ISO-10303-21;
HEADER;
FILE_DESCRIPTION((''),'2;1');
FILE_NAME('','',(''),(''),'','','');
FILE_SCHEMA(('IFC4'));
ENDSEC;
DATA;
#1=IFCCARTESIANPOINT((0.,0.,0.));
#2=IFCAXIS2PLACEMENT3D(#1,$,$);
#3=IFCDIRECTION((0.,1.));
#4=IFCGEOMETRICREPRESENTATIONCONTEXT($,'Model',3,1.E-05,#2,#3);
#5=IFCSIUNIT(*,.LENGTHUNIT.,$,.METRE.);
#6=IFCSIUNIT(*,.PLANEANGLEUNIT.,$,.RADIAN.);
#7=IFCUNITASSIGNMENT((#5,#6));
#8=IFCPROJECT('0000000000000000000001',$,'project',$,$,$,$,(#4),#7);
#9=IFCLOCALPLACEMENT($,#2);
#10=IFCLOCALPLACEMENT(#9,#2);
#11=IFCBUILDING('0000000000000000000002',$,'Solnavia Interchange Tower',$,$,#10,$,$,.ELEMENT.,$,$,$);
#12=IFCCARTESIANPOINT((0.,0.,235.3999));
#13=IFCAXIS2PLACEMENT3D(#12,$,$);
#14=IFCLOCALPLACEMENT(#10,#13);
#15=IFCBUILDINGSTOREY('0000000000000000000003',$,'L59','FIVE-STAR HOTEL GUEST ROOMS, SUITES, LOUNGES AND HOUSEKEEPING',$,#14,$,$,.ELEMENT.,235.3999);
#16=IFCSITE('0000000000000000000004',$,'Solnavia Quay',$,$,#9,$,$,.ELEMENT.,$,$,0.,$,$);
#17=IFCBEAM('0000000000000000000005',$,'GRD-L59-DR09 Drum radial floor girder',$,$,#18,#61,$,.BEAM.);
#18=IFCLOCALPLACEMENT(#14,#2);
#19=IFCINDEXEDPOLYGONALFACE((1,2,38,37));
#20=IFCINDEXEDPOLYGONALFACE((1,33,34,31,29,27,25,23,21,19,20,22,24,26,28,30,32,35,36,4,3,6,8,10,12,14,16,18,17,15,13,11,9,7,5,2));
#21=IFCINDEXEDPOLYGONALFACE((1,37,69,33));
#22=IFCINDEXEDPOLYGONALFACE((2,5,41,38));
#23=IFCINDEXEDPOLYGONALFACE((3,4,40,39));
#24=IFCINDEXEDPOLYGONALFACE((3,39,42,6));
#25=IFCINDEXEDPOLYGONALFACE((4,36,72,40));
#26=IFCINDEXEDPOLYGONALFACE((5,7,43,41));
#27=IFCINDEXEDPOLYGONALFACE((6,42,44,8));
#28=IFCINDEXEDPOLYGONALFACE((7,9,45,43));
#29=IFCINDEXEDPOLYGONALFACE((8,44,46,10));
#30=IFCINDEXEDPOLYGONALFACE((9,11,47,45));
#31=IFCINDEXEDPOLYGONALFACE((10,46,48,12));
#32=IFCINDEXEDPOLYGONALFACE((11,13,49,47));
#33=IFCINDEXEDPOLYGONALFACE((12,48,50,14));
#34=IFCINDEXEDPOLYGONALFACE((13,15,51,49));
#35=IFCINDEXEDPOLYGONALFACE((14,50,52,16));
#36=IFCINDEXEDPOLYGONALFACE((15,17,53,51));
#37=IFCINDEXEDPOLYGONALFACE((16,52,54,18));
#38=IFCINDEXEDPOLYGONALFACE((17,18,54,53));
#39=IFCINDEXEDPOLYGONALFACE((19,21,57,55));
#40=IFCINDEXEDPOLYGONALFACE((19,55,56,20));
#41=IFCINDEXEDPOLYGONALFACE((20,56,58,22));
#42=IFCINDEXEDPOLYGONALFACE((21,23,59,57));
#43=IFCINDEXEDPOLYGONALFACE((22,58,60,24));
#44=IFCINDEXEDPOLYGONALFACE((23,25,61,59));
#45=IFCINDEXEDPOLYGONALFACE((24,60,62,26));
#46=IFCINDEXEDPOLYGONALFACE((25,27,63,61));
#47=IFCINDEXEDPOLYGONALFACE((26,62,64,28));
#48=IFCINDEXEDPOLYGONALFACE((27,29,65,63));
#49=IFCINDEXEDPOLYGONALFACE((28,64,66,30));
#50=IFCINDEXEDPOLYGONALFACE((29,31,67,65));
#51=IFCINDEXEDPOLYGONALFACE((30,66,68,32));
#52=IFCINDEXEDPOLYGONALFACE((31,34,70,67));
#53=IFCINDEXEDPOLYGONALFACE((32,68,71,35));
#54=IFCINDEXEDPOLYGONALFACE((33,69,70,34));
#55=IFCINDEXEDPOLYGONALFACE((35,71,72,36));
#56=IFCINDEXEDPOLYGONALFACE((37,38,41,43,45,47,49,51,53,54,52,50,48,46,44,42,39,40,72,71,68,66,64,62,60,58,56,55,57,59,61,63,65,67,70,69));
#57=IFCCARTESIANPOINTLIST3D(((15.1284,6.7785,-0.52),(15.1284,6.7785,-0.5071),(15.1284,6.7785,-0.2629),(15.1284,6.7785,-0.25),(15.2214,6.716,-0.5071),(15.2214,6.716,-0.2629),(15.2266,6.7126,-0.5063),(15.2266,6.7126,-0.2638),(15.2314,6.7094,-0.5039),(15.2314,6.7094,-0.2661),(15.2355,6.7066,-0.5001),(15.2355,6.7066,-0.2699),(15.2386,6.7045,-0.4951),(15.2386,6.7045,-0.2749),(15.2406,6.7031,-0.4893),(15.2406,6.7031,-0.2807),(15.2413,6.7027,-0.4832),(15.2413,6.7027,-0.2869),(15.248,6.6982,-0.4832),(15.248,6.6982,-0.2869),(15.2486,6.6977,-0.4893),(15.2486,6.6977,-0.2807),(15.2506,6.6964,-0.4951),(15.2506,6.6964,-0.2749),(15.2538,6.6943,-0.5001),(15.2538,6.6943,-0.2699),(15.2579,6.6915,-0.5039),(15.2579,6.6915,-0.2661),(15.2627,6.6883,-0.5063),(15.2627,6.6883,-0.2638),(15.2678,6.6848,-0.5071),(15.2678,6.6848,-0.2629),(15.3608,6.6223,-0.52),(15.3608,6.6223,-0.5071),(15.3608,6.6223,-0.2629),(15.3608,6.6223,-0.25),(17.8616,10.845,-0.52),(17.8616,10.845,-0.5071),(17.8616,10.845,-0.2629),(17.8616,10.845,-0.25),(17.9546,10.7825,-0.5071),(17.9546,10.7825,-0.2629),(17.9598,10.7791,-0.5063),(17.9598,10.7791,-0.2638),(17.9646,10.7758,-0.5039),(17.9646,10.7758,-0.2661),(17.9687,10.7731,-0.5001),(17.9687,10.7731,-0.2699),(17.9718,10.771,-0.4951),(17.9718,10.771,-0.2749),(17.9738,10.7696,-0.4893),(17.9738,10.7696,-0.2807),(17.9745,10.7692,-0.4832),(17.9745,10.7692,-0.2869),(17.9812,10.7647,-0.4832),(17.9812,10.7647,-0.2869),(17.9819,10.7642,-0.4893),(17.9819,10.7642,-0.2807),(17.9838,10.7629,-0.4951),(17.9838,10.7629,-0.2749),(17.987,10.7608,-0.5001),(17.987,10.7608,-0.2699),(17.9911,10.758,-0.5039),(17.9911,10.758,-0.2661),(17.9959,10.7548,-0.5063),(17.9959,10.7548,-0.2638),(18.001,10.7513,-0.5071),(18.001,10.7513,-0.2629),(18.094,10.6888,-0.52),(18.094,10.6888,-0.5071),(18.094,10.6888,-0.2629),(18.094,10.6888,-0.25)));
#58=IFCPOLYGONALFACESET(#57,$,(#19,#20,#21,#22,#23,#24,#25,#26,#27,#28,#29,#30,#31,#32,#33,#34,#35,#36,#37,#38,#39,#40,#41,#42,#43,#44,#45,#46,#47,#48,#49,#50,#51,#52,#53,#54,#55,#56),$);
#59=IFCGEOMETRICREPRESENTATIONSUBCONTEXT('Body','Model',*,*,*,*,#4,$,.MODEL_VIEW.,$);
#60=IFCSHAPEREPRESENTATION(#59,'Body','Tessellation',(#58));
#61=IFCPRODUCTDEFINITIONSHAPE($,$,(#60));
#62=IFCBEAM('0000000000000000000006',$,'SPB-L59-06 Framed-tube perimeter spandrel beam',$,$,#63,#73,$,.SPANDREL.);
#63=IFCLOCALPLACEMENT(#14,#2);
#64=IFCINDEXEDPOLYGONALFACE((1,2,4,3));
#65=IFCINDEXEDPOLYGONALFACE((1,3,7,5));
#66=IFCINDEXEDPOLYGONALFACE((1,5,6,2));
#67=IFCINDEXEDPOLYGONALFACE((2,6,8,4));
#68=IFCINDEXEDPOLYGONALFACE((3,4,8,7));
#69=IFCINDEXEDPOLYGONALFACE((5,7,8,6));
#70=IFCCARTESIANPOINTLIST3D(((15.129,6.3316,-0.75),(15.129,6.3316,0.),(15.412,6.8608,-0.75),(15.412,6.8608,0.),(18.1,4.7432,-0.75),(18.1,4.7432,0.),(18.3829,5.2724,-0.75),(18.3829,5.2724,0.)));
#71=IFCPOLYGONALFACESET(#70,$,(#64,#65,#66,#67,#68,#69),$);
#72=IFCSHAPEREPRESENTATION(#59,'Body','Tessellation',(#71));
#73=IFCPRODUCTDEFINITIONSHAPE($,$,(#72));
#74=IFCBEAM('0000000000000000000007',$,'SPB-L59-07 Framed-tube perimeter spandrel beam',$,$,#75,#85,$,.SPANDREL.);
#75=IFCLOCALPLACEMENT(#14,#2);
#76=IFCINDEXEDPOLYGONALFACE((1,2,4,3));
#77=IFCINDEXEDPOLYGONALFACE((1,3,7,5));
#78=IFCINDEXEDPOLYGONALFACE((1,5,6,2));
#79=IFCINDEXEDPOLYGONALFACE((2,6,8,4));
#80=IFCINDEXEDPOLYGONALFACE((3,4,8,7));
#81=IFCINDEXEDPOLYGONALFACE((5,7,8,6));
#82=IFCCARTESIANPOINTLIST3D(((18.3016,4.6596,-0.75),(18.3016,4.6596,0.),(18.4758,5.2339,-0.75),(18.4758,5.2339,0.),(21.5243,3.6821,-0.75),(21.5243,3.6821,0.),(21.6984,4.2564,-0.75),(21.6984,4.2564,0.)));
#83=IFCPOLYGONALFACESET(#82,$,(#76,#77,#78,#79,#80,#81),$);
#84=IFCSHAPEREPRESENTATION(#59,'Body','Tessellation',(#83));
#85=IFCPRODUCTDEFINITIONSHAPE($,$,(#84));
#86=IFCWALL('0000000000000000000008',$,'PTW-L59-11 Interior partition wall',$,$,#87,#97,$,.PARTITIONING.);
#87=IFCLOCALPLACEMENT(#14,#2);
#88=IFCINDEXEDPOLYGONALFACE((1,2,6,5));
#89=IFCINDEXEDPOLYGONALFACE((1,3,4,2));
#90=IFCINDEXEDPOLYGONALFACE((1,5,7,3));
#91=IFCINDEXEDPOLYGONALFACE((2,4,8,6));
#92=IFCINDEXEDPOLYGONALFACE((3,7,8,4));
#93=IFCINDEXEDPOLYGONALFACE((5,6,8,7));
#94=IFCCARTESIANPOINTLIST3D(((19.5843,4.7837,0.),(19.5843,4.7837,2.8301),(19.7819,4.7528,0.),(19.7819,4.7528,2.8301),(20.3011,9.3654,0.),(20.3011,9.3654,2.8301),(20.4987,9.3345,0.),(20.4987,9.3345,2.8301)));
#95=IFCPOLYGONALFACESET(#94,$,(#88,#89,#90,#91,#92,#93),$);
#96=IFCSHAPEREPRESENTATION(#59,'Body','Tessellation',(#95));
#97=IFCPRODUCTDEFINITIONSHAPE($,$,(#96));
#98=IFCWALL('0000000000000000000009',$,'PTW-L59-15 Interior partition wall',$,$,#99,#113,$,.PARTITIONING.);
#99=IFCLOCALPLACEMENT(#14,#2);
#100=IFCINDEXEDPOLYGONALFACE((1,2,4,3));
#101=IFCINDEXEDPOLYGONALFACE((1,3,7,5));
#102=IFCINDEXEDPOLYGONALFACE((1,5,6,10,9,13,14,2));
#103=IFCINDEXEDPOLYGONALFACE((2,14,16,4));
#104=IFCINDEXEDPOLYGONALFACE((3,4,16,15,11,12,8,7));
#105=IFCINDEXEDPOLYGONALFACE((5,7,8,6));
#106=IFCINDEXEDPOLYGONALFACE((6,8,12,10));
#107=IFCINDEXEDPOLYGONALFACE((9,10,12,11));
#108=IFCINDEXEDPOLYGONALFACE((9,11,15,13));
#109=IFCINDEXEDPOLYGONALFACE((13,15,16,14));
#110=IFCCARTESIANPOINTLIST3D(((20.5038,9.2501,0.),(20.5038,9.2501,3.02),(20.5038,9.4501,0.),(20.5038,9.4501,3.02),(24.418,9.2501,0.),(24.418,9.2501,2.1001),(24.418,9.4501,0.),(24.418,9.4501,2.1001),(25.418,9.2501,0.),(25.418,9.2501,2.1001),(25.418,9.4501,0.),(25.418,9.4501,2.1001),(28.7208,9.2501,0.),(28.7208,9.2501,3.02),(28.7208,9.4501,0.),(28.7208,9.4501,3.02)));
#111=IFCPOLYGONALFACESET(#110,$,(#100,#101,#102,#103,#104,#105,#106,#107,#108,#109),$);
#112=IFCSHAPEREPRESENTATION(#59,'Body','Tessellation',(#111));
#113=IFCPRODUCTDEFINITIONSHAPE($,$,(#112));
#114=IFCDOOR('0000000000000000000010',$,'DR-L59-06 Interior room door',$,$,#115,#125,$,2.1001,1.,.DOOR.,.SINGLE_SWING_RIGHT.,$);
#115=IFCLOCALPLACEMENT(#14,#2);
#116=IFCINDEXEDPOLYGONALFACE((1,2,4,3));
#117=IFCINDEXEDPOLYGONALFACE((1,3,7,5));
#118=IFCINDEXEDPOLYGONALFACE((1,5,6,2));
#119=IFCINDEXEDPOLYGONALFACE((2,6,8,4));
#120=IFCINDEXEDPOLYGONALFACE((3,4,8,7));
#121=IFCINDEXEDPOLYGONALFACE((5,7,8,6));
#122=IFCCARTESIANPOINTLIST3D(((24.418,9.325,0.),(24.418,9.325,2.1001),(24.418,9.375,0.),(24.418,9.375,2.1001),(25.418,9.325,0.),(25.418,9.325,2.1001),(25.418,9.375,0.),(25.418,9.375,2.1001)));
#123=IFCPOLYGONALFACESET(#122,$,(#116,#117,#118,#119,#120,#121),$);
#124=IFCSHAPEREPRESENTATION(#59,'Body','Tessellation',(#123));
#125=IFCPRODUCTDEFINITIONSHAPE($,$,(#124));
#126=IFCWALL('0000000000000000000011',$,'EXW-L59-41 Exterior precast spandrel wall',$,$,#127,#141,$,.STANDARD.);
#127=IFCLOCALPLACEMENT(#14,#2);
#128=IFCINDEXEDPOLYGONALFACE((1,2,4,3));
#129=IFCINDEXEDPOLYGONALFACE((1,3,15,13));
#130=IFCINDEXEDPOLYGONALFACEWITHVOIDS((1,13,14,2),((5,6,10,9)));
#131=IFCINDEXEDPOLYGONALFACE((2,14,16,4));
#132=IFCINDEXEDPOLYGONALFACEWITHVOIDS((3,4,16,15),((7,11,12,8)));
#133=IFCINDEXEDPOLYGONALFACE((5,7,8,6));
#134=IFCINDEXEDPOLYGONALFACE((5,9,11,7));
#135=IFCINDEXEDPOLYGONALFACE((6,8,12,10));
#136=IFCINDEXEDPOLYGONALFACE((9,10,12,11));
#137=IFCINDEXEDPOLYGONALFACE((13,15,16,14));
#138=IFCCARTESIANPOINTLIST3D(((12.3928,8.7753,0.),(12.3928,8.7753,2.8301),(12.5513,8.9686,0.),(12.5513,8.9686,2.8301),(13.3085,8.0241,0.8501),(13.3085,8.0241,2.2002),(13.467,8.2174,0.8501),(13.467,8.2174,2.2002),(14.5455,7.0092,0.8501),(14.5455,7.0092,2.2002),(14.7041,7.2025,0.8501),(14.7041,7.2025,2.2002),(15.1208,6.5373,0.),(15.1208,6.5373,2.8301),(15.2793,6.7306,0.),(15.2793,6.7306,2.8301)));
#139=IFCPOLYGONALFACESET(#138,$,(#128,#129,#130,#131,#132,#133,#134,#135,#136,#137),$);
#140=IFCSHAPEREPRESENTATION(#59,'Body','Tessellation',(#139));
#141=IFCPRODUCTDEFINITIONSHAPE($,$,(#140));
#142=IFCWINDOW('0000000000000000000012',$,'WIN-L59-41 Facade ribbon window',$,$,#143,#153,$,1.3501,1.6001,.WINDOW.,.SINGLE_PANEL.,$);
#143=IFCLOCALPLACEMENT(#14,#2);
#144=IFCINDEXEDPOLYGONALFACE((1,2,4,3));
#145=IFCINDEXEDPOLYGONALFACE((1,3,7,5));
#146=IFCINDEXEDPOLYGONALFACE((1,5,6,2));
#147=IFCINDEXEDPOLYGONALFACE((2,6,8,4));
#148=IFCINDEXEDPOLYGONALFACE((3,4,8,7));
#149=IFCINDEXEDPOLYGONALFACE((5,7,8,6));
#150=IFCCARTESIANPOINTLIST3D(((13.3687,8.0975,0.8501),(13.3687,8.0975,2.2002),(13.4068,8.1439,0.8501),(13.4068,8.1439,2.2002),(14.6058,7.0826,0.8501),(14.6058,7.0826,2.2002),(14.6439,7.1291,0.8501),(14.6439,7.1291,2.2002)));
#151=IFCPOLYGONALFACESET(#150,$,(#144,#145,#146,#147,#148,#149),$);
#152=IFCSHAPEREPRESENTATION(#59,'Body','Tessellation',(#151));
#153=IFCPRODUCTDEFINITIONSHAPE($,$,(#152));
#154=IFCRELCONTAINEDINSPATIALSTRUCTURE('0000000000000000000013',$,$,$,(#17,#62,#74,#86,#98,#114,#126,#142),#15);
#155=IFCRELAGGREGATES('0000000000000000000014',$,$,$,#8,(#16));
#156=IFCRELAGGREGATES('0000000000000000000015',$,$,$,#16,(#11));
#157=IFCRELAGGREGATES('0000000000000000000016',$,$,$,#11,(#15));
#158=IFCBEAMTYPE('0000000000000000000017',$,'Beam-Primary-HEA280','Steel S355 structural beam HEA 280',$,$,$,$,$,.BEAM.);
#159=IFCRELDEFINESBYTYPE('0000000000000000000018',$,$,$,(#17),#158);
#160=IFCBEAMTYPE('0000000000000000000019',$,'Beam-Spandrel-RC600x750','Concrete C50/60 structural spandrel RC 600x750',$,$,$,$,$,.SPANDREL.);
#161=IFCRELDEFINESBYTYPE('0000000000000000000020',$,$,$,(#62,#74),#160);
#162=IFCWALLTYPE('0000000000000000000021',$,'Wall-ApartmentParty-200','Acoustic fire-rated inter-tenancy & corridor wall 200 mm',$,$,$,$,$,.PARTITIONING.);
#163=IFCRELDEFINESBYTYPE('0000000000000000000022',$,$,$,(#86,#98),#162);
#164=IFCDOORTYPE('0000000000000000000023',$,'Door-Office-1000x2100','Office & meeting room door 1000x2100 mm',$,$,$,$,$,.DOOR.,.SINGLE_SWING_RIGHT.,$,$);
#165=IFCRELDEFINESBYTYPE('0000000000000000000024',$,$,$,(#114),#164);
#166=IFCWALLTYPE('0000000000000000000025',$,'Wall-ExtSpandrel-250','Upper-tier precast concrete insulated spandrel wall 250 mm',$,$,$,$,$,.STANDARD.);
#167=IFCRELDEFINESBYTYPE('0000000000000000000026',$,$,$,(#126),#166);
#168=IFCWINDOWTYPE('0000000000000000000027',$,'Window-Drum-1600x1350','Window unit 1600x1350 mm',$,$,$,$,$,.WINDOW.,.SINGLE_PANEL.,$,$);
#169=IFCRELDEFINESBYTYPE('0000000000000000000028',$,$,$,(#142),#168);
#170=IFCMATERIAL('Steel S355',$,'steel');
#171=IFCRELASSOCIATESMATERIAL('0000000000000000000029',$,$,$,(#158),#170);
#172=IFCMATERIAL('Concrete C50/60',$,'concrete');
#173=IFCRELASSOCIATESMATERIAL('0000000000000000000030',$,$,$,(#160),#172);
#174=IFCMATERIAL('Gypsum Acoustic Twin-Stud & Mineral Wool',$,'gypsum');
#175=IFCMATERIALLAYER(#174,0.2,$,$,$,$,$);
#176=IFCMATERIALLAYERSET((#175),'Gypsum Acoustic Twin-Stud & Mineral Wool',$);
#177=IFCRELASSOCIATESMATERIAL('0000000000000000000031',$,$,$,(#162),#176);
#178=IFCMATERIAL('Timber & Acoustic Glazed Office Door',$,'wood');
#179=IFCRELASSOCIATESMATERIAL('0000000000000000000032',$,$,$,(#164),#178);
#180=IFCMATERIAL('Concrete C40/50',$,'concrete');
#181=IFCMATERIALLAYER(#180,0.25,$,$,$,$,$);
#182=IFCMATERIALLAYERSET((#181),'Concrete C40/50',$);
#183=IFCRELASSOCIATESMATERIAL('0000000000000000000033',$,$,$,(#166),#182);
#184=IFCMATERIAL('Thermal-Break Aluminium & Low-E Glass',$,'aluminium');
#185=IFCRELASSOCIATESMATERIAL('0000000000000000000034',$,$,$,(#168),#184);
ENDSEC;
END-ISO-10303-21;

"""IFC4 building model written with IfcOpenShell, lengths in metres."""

from ifc_helpers import new_model, si_unit, direction, frame, frame_2d, origin, origin_2d, place, context, subcontext, project, spatial, rectangle, i_section, extrude, material, layer, layer_set, material_profile, profile_set, type_object, element, fill, save


model = new_model("IFC4")

# Units and contexts
model_context = context("Model", 3, precision=1e-05, world=origin(), true_north=direction((0.0, 1.0)))
body_context = subcontext(model_context, "Body", "Model", "MODEL_VIEW")
ifc_project = project(units=[si_unit("LENGTHUNIT", "METRE"), si_unit("PLANEANGLEUNIT", "RADIAN")], contexts=[model_context])

# Site, building, storey
site_placement = place(None, origin())
site = spatial("IfcSite", under=ifc_project, at=site_placement, Name="Solnavia Quay", CompositionType="ELEMENT", RefElevation=0.0)
building_placement = place(site_placement, origin())
building = spatial("IfcBuilding", under=site, at=building_placement, Name="Solnavia Interchange Tower", CompositionType="ELEMENT")
storey_placement = place(building_placement, frame((0.0, 0.0, 235.3999)))
storey = spatial("IfcBuildingStorey", under=building, at=storey_placement, Name="L59", Description="FIVE-STAR HOTEL GUEST ROOMS, SUITES, LOUNGES AND HOUSEKEEPING", CompositionType="ELEMENT", Elevation=235.3999)

# Shared definitions
ifc_material_1 = material(Name="Concrete C50/60", Category="concrete")

# Beams
ifc_material_2 = material(Name="Steel S355", Category="steel")
ifc_material_profile_1 = material_profile(ifc_material_2, i_section(OverallWidth=0.28, OverallDepth=0.27, WebThickness=0.0081, FlangeThickness=0.0129, FilletRadius=0.0239, at=origin_2d()), Name="HEA 280")
ifc_profile_set_1 = profile_set([ifc_material_profile_1], Name="Steel S355")
beam_type_1 = type_object("IfcBeamType", Name="Beam-Primary-HEA280", Description="Steel S355 structural beam HEA 280", PredefinedType="BEAM", material=ifc_profile_set_1)
beam_1_placement = place(storey_placement, frame((15.2446, 6.7004, -0.385), z_axis=(0.557835, 0.829952, 0.0), x_axis=(-0.829952, 0.557835, 0.0)))
element("IfcBeam", 1, at=beam_1_placement, inside=storey, type_object=beam_type_1, Name="GRD-L59-DR09 Drum radial floor girder", PredefinedType="BEAM", context=body_context, shape_type="SweptSolid", body=[
    extrude(i_section(OverallWidth=0.28, OverallDepth=0.27, WebThickness=0.0081, FlangeThickness=0.0129, FilletRadius=0.0239, at=origin_2d()), origin(), (0.0, 0.0, 1.0), 4.8997),
])
ifc_material_profile_2 = material_profile(ifc_material_1, rectangle(XDim=0.6001, YDim=0.75, at=origin_2d()), Name="RC 600x750")
ifc_profile_set_2 = profile_set([ifc_material_profile_2], Name="Concrete C50/60")
beam_type_2 = type_object("IfcBeamType", Name="Beam-Spandrel-RC600x750", Description="Concrete C50/60 structural spandrel RC 600x750", PredefinedType="SPANDREL", material=ifc_profile_set_2)
beam_2_placement = place(storey_placement, frame((15.2705, 6.5962, -0.375), z_axis=(0.881875, -0.471483, 0.0), x_axis=(0.471483, 0.881875, 0.0)))
element("IfcBeam", 2, at=beam_2_placement, inside=storey, type_object=beam_type_2, Name="SPB-L59-06 Framed-tube perimeter spandrel beam", PredefinedType="SPANDREL", context=body_context, shape_type="SweptSolid", body=[
    extrude(rectangle(XDim=0.6001, YDim=0.75, at=origin_2d()), origin(), (0.0, 0.0, 1.0), 3.3689),
])
beam_3_placement = place(storey_placement, frame((18.3887, 4.9468, -0.375), z_axis=(0.956944, -0.290273, 0.0), x_axis=(0.290273, 0.956944, 0.0)))
element("IfcBeam", 3, at=beam_3_placement, inside=storey, type_object=beam_type_2, Name="SPB-L59-07 Framed-tube perimeter spandrel beam", PredefinedType="SPANDREL", context=body_context, shape_type="SweptSolid", body=[
    extrude(rectangle(XDim=0.6001, YDim=0.75, at=origin_2d()), origin(), (0.0, 0.0, 1.0), 3.3677),
])

# Wall
ifc_material_3 = material(Name="Gypsum Acoustic Twin-Stud & Mineral Wool", Category="gypsum")
ifc_layer_1 = layer(ifc_material_3, 0.2)
ifc_layer_set_1 = layer_set([ifc_layer_1], Name="Gypsum Acoustic Twin-Stud & Mineral Wool")
wall_type_1 = type_object("IfcWallType", Name="Wall-ApartmentParty-200", Description="Acoustic fire-rated inter-tenancy & corridor wall 200 mm", PredefinedType="PARTITIONING", material=ifc_layer_set_1)
wall_1_placement = place(storey_placement, frame((20.3999, 9.3501, 0.0), z_axis=(0.0, 0.0, 1.0), x_axis=(-0.154565, -0.987983, 0.0)))
element("IfcWall", 4, at=wall_1_placement, inside=storey, type_object=wall_type_1, Name="PTW-L59-11 Interior partition wall", PredefinedType="PARTITIONING", context=body_context, shape_type="SweptSolid", body=[
    extrude(rectangle(XDim=4.6375, YDim=0.2, at=frame_2d((2.3188, 0.0))), origin(), (0.0, 0.0, 1.0), 2.8301),
])

# Wall, opening, door
wall_2_placement = place(storey_placement, frame((20.5039, 9.3501, 0.0), z_axis=(0.0, 0.0, 1.0), x_axis=(1.0, 0.0, 0.0)))
wall_2 = element("IfcWall", 5, at=wall_2_placement, inside=storey, type_object=wall_type_1, Name="PTW-L59-15 Interior partition wall", PredefinedType="PARTITIONING", context=body_context, shape_type="SweptSolid", body=[
    extrude(rectangle(XDim=8.217, YDim=0.2, at=frame_2d((4.1084, 0.0))), origin(), (0.0, 0.0, 1.0), 3.02),
])
opening_1_placement = place(wall_2_placement, frame((3.9141, 0.0, 0.0)))
opening_1 = element("IfcOpeningElement", 6, at=opening_1_placement, cuts=wall_2, PredefinedType="OPENING", context=body_context, shape_type="SweptSolid", body=[
    extrude(rectangle(XDim=1.0, YDim=2.1001, at=frame_2d((0.5, 1.05))), frame((0.0, 0.1099, 0.0), z_axis=(0.0, -1.0, 0.0), x_axis=(1.0, 0.0, 0.0)), (0.0, 0.0, 1.0), 0.22),
])
ifc_material_4 = material(Name="Timber & Acoustic Glazed Office Door", Category="wood")
door_type_1 = type_object("IfcDoorType", Name="Door-Office-1000x2100", Description="Office & meeting room door 1000x2100 mm", OperationType="SINGLE_SWING_RIGHT", PredefinedType="DOOR", material=ifc_material_4)
door_1_placement = place(opening_1_placement, origin())
door_1 = element("IfcDoor", 7, at=door_1_placement, inside=storey, type_object=door_type_1, Name="DR-L59-06 Interior room door", OperationType="SINGLE_SWING_RIGHT", OverallHeight=2.1001, OverallWidth=1.0, PredefinedType="DOOR", context=body_context, shape_type="SweptSolid", body=[
    extrude(rectangle(XDim=1.0, YDim=2.1001, at=frame_2d((0.5, 1.05))), frame((0.0, 0.0249, 0.0), z_axis=(0.0, -1.0, 0.0), x_axis=(1.0, 0.0, 0.0)), (0.0, 0.0, 1.0), 0.05),
])
fill(opening_1, door_1)

# Wall, opening, window
ifc_material_5 = material(Name="Concrete C40/50", Category="concrete")
ifc_layer_2 = layer(ifc_material_5, 0.25)
ifc_layer_set_2 = layer_set([ifc_layer_2], Name="Concrete C40/50")
wall_type_2 = type_object("IfcWallType", Name="Wall-ExtSpandrel-250", Description="Upper-tier precast concrete insulated spandrel wall 250 mm", PredefinedType="STANDARD", material=ifc_layer_set_2)
wall_3_placement = place(storey_placement, frame((15.2, 6.634, 0.0), z_axis=(0.0, 0.0, 1.0), x_axis=(-0.773121, 0.634258, 0.0)))
wall_3 = element("IfcWall", 8, at=wall_3_placement, inside=storey, type_object=wall_type_2, Name="EXW-L59-41 Exterior precast spandrel wall", PredefinedType="STANDARD", context=body_context, shape_type="SweptSolid", body=[
    extrude(rectangle(XDim=3.5286, YDim=0.25, at=frame_2d((1.7642, 0.0))), origin(), (0.0, 0.0, 1.0), 2.8301),
])
opening_2_placement = place(wall_3_placement, frame((0.7439, 0.0, 0.8501)))
opening_2 = element("IfcOpeningElement", 9, at=opening_2_placement, cuts=wall_3, PredefinedType="OPENING", context=body_context, shape_type="SweptSolid", body=[
    extrude(rectangle(XDim=1.6001, YDim=1.3501, at=frame_2d((0.8, 0.675))), frame((0.0, 0.135, 0.0), z_axis=(0.0, -1.0, 0.0), x_axis=(1.0, 0.0, 0.0)), (0.0, 0.0, 1.0), 0.27),
])
ifc_material_6 = material(Name="Thermal-Break Aluminium & Low-E Glass", Category="aluminium")
window_type = type_object("IfcWindowType", Name="Window-Drum-1600x1350", Description="Window unit 1600x1350 mm", PartitioningType="SINGLE_PANEL", PredefinedType="WINDOW", material=ifc_material_6)
window_1_placement = place(opening_2_placement, origin())
window_1 = element("IfcWindow", 10, at=window_1_placement, inside=storey, type_object=window_type, Name="WIN-L59-41 Facade ribbon window", OverallHeight=1.3501, OverallWidth=1.6001, PartitioningType="SINGLE_PANEL", PredefinedType="WINDOW", context=body_context, shape_type="SweptSolid", body=[
    extrude(rectangle(XDim=1.6001, YDim=1.3501, at=frame_2d((0.8, 0.675))), frame((0.0, 0.03, 0.0), z_axis=(0.0, -1.0, 0.0), x_axis=(1.0, 0.0, 0.0)), (0.0, 0.0, 1.0), 0.0601),
])
fill(opening_2, window_1)

save(model, "model.ifc")
